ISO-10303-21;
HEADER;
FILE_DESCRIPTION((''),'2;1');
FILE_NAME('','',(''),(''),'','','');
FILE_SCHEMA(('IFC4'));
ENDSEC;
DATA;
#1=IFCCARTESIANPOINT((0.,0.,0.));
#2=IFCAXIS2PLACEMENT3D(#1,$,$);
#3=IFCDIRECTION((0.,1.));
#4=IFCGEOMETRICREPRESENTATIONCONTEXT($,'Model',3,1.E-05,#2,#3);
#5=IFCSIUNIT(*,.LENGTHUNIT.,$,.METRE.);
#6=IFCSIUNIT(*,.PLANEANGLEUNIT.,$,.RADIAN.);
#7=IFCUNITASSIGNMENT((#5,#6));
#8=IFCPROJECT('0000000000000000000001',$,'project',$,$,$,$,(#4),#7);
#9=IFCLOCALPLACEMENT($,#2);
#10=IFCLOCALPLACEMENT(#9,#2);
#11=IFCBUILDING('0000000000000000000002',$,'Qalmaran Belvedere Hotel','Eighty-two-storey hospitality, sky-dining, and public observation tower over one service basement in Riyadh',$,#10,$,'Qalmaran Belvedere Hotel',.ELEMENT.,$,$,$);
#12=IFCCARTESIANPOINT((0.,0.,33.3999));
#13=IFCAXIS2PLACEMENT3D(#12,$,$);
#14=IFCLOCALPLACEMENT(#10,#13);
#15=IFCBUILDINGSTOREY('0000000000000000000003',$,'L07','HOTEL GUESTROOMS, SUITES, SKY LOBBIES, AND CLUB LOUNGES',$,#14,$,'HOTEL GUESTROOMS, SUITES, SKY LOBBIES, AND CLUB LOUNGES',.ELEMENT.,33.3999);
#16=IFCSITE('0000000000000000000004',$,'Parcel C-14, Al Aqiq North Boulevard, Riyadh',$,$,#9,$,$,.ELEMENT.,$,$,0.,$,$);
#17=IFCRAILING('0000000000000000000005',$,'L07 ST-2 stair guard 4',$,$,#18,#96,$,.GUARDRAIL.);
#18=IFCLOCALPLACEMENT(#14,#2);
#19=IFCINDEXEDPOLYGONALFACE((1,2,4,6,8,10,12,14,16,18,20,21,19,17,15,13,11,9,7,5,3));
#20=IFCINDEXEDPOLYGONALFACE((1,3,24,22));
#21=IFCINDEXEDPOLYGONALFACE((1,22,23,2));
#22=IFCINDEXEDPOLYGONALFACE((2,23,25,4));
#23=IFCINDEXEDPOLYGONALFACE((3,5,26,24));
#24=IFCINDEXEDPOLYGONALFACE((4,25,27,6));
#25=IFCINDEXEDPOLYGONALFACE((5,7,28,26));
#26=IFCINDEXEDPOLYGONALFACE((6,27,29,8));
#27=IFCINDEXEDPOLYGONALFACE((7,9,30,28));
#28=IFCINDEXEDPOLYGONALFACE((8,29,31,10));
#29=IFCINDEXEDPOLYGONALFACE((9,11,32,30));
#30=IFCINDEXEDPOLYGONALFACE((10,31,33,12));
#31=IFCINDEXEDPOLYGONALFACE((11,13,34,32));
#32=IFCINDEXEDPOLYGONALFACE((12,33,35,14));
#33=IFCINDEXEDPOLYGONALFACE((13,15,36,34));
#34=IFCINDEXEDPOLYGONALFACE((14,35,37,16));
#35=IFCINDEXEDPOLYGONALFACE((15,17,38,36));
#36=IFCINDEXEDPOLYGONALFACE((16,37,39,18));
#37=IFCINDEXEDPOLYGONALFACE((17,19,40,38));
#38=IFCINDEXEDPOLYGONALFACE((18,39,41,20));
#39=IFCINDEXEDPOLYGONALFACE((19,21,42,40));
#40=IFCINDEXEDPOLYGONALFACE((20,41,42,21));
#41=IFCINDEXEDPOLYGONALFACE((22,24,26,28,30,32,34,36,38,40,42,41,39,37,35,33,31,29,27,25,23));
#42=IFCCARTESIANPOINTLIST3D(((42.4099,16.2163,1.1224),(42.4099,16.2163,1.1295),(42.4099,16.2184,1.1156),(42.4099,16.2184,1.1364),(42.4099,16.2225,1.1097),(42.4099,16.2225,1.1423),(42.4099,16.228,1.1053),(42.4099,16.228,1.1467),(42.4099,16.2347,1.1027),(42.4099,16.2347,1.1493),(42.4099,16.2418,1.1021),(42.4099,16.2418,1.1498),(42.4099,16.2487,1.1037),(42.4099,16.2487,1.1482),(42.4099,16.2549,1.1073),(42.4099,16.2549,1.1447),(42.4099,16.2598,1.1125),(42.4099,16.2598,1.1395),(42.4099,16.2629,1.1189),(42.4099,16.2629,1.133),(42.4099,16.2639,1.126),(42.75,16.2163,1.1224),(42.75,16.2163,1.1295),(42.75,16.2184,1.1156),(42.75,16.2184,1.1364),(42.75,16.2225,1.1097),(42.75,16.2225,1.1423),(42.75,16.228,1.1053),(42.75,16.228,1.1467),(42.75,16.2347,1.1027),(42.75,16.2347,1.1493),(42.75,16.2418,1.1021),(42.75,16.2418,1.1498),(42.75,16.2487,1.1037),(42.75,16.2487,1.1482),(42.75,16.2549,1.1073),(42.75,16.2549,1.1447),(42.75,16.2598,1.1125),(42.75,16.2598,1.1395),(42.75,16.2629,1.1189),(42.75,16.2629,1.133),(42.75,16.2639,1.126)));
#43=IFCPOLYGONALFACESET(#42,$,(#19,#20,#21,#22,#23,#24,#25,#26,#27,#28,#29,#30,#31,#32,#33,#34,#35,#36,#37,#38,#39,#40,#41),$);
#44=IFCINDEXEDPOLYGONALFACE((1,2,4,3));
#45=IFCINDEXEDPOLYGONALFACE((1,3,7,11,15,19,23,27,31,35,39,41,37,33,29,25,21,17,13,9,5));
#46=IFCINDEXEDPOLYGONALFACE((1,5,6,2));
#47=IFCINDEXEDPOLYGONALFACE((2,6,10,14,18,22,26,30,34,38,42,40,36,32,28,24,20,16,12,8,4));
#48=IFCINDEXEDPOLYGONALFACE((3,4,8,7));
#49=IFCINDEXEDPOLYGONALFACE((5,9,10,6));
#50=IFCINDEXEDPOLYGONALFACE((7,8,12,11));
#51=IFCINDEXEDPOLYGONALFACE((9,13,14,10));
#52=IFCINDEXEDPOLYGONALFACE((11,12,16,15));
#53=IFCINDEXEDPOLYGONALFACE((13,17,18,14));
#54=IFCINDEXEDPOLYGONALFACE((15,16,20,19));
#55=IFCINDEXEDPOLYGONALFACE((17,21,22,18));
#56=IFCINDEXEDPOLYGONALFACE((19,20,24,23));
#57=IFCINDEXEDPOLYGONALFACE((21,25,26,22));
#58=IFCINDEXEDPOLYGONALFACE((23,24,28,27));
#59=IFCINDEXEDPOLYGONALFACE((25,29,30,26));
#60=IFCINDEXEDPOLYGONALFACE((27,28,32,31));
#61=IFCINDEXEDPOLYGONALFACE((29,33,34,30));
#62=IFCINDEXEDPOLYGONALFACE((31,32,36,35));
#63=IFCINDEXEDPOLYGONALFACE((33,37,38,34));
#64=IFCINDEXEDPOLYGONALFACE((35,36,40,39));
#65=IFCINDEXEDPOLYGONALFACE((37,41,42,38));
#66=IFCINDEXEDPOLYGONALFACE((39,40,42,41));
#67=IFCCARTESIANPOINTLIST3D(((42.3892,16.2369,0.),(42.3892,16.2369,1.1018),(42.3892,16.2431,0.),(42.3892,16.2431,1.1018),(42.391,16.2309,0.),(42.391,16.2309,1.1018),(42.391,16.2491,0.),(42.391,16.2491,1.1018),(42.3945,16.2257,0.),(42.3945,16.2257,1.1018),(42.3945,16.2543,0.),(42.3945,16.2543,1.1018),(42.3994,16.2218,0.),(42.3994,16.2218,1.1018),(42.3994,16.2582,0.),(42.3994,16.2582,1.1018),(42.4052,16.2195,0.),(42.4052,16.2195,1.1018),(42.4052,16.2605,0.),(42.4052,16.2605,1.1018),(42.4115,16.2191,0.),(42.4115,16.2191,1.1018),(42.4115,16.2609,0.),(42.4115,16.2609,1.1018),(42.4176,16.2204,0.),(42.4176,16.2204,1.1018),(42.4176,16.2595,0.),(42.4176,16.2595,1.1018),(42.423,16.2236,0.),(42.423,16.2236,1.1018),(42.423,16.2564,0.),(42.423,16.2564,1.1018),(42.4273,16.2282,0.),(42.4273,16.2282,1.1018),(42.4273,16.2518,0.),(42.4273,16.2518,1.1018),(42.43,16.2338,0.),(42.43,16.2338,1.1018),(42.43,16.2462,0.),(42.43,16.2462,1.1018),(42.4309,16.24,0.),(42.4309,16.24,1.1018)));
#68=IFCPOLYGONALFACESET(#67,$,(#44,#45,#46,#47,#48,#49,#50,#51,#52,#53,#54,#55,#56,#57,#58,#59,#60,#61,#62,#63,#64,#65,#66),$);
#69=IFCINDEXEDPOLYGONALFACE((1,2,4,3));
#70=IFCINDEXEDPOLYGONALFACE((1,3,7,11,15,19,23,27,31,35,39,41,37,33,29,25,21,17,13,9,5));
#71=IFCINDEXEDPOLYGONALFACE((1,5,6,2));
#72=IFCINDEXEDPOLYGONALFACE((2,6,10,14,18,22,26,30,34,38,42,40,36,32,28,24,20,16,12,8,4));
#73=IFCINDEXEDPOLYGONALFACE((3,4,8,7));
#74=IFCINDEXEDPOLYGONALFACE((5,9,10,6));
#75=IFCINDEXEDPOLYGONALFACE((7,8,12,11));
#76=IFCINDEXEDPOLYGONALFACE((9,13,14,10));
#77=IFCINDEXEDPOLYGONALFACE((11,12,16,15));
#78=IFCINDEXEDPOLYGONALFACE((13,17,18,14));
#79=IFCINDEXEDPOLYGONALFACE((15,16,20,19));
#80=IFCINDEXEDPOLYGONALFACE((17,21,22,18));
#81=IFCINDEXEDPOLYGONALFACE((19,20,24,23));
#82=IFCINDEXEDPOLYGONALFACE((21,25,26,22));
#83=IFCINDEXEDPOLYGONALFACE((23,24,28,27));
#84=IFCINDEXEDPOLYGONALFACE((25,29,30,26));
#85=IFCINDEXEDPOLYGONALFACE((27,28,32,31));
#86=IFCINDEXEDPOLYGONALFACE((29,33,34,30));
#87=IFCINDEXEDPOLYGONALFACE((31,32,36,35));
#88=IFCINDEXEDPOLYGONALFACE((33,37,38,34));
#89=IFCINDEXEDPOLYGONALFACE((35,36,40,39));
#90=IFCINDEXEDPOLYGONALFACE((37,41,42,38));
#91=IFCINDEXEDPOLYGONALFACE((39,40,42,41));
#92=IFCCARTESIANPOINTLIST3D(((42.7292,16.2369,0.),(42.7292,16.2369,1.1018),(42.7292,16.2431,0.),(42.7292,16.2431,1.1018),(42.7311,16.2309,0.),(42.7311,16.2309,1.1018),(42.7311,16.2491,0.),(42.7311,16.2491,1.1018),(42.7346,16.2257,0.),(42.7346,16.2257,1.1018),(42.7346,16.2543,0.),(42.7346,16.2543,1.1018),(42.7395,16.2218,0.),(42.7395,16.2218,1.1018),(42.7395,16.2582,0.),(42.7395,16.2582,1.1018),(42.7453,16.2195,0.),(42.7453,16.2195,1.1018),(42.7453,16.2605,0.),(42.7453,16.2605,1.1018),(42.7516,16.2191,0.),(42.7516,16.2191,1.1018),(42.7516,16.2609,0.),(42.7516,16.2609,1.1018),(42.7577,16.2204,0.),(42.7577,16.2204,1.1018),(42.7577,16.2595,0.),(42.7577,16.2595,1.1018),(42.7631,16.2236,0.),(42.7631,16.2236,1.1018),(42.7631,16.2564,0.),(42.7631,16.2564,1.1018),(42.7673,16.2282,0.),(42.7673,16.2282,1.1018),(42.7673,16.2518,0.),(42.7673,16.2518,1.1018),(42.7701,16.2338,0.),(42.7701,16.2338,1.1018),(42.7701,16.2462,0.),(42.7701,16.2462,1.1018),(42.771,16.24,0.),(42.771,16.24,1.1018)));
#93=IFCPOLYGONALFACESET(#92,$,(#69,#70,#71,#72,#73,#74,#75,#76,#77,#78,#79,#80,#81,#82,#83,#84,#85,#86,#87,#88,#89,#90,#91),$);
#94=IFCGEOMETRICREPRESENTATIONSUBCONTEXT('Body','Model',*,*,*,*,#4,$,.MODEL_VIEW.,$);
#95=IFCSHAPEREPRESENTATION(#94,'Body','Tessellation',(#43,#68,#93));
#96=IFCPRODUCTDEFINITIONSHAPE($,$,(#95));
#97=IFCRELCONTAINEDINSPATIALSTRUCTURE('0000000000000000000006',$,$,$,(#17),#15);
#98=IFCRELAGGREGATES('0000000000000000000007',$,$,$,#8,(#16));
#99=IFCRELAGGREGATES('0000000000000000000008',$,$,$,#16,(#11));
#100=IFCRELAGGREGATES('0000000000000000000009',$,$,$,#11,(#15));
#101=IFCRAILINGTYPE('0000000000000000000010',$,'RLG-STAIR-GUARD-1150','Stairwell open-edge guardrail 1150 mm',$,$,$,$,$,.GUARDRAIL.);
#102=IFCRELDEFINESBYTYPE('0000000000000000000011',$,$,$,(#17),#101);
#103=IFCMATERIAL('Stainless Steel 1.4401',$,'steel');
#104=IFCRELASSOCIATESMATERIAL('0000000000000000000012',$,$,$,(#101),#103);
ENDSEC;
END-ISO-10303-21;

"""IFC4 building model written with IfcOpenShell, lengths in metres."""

from ifc_helpers import new_model, si_unit, direction, frame, origin, origin_2d, place, context, subcontext, project, spatial, circle, extrude, material, type_object, element, save


model = new_model("IFC4")

# Units and contexts
model_context = context("Model", 3, precision=1e-05, world=origin(), true_north=direction((0.0, 1.0)))
body_context = subcontext(model_context, "Body", "Model", "MODEL_VIEW")
ifc_project = project(units=[si_unit("LENGTHUNIT", "METRE"), si_unit("PLANEANGLEUNIT", "RADIAN")], contexts=[model_context])

# Site, building, storey
site_placement = place(None, origin())
site = spatial("IfcSite", under=ifc_project, at=site_placement, Name="Parcel C-14, Al Aqiq North Boulevard, Riyadh", CompositionType="ELEMENT", RefElevation=0.0)
building_placement = place(site_placement, origin())
building = spatial("IfcBuilding", under=site, at=building_placement, Name="Qalmaran Belvedere Hotel", Description="Eighty-two-storey hospitality, sky-dining, and public observation tower over one service basement in Riyadh", LongName="Qalmaran Belvedere Hotel", CompositionType="ELEMENT")
storey_placement = place(building_placement, frame((0.0, 0.0, 33.3999)))
storey = spatial("IfcBuildingStorey", under=building, at=storey_placement, Name="L07", Description="HOTEL GUESTROOMS, SUITES, SKY LOBBIES, AND CLUB LOUNGES", LongName="HOTEL GUESTROOMS, SUITES, SKY LOBBIES, AND CLUB LOUNGES", CompositionType="ELEMENT", Elevation=33.3999)

# Shared definitions
ifc_material_1 = material(Name="Stainless Steel 1.4401", Category="steel")

# Railing
railing_type_1 = type_object("IfcRailingType", Name="RLG-STAIR-GUARD-1150", Description="Stairwell open-edge guardrail 1150 mm", PredefinedType="GUARDRAIL", material=ifc_material_1)
railing_1_placement = place(storey_placement, frame((42.4099, 16.24, 0.0)))
element("IfcRailing", 1, at=railing_1_placement, inside=storey, type_object=railing_type_1, Name="L07 ST-2 stair guard 4", PredefinedType="GUARDRAIL", context=body_context, shape_type="SweptSolid", body=[
    extrude(circle(Radius=0.0239, at=origin_2d()), frame((0.0, 0.0, 1.126), z_axis=(1.0, 0.0, 0.0), x_axis=(0.0, 1.0, 0.0)), (0.0, 0.0, 1.0), 0.3401),
    extrude(circle(Radius=0.021, at=origin_2d()), origin(), (0.0, 0.0, 1.0), 1.1018),
    extrude(circle(Radius=0.021, at=origin_2d()), frame((0.3401, 0.0, 0.0)), (0.0, 0.0, 1.0), 1.1018),
])

save(model, "model.ifc")
